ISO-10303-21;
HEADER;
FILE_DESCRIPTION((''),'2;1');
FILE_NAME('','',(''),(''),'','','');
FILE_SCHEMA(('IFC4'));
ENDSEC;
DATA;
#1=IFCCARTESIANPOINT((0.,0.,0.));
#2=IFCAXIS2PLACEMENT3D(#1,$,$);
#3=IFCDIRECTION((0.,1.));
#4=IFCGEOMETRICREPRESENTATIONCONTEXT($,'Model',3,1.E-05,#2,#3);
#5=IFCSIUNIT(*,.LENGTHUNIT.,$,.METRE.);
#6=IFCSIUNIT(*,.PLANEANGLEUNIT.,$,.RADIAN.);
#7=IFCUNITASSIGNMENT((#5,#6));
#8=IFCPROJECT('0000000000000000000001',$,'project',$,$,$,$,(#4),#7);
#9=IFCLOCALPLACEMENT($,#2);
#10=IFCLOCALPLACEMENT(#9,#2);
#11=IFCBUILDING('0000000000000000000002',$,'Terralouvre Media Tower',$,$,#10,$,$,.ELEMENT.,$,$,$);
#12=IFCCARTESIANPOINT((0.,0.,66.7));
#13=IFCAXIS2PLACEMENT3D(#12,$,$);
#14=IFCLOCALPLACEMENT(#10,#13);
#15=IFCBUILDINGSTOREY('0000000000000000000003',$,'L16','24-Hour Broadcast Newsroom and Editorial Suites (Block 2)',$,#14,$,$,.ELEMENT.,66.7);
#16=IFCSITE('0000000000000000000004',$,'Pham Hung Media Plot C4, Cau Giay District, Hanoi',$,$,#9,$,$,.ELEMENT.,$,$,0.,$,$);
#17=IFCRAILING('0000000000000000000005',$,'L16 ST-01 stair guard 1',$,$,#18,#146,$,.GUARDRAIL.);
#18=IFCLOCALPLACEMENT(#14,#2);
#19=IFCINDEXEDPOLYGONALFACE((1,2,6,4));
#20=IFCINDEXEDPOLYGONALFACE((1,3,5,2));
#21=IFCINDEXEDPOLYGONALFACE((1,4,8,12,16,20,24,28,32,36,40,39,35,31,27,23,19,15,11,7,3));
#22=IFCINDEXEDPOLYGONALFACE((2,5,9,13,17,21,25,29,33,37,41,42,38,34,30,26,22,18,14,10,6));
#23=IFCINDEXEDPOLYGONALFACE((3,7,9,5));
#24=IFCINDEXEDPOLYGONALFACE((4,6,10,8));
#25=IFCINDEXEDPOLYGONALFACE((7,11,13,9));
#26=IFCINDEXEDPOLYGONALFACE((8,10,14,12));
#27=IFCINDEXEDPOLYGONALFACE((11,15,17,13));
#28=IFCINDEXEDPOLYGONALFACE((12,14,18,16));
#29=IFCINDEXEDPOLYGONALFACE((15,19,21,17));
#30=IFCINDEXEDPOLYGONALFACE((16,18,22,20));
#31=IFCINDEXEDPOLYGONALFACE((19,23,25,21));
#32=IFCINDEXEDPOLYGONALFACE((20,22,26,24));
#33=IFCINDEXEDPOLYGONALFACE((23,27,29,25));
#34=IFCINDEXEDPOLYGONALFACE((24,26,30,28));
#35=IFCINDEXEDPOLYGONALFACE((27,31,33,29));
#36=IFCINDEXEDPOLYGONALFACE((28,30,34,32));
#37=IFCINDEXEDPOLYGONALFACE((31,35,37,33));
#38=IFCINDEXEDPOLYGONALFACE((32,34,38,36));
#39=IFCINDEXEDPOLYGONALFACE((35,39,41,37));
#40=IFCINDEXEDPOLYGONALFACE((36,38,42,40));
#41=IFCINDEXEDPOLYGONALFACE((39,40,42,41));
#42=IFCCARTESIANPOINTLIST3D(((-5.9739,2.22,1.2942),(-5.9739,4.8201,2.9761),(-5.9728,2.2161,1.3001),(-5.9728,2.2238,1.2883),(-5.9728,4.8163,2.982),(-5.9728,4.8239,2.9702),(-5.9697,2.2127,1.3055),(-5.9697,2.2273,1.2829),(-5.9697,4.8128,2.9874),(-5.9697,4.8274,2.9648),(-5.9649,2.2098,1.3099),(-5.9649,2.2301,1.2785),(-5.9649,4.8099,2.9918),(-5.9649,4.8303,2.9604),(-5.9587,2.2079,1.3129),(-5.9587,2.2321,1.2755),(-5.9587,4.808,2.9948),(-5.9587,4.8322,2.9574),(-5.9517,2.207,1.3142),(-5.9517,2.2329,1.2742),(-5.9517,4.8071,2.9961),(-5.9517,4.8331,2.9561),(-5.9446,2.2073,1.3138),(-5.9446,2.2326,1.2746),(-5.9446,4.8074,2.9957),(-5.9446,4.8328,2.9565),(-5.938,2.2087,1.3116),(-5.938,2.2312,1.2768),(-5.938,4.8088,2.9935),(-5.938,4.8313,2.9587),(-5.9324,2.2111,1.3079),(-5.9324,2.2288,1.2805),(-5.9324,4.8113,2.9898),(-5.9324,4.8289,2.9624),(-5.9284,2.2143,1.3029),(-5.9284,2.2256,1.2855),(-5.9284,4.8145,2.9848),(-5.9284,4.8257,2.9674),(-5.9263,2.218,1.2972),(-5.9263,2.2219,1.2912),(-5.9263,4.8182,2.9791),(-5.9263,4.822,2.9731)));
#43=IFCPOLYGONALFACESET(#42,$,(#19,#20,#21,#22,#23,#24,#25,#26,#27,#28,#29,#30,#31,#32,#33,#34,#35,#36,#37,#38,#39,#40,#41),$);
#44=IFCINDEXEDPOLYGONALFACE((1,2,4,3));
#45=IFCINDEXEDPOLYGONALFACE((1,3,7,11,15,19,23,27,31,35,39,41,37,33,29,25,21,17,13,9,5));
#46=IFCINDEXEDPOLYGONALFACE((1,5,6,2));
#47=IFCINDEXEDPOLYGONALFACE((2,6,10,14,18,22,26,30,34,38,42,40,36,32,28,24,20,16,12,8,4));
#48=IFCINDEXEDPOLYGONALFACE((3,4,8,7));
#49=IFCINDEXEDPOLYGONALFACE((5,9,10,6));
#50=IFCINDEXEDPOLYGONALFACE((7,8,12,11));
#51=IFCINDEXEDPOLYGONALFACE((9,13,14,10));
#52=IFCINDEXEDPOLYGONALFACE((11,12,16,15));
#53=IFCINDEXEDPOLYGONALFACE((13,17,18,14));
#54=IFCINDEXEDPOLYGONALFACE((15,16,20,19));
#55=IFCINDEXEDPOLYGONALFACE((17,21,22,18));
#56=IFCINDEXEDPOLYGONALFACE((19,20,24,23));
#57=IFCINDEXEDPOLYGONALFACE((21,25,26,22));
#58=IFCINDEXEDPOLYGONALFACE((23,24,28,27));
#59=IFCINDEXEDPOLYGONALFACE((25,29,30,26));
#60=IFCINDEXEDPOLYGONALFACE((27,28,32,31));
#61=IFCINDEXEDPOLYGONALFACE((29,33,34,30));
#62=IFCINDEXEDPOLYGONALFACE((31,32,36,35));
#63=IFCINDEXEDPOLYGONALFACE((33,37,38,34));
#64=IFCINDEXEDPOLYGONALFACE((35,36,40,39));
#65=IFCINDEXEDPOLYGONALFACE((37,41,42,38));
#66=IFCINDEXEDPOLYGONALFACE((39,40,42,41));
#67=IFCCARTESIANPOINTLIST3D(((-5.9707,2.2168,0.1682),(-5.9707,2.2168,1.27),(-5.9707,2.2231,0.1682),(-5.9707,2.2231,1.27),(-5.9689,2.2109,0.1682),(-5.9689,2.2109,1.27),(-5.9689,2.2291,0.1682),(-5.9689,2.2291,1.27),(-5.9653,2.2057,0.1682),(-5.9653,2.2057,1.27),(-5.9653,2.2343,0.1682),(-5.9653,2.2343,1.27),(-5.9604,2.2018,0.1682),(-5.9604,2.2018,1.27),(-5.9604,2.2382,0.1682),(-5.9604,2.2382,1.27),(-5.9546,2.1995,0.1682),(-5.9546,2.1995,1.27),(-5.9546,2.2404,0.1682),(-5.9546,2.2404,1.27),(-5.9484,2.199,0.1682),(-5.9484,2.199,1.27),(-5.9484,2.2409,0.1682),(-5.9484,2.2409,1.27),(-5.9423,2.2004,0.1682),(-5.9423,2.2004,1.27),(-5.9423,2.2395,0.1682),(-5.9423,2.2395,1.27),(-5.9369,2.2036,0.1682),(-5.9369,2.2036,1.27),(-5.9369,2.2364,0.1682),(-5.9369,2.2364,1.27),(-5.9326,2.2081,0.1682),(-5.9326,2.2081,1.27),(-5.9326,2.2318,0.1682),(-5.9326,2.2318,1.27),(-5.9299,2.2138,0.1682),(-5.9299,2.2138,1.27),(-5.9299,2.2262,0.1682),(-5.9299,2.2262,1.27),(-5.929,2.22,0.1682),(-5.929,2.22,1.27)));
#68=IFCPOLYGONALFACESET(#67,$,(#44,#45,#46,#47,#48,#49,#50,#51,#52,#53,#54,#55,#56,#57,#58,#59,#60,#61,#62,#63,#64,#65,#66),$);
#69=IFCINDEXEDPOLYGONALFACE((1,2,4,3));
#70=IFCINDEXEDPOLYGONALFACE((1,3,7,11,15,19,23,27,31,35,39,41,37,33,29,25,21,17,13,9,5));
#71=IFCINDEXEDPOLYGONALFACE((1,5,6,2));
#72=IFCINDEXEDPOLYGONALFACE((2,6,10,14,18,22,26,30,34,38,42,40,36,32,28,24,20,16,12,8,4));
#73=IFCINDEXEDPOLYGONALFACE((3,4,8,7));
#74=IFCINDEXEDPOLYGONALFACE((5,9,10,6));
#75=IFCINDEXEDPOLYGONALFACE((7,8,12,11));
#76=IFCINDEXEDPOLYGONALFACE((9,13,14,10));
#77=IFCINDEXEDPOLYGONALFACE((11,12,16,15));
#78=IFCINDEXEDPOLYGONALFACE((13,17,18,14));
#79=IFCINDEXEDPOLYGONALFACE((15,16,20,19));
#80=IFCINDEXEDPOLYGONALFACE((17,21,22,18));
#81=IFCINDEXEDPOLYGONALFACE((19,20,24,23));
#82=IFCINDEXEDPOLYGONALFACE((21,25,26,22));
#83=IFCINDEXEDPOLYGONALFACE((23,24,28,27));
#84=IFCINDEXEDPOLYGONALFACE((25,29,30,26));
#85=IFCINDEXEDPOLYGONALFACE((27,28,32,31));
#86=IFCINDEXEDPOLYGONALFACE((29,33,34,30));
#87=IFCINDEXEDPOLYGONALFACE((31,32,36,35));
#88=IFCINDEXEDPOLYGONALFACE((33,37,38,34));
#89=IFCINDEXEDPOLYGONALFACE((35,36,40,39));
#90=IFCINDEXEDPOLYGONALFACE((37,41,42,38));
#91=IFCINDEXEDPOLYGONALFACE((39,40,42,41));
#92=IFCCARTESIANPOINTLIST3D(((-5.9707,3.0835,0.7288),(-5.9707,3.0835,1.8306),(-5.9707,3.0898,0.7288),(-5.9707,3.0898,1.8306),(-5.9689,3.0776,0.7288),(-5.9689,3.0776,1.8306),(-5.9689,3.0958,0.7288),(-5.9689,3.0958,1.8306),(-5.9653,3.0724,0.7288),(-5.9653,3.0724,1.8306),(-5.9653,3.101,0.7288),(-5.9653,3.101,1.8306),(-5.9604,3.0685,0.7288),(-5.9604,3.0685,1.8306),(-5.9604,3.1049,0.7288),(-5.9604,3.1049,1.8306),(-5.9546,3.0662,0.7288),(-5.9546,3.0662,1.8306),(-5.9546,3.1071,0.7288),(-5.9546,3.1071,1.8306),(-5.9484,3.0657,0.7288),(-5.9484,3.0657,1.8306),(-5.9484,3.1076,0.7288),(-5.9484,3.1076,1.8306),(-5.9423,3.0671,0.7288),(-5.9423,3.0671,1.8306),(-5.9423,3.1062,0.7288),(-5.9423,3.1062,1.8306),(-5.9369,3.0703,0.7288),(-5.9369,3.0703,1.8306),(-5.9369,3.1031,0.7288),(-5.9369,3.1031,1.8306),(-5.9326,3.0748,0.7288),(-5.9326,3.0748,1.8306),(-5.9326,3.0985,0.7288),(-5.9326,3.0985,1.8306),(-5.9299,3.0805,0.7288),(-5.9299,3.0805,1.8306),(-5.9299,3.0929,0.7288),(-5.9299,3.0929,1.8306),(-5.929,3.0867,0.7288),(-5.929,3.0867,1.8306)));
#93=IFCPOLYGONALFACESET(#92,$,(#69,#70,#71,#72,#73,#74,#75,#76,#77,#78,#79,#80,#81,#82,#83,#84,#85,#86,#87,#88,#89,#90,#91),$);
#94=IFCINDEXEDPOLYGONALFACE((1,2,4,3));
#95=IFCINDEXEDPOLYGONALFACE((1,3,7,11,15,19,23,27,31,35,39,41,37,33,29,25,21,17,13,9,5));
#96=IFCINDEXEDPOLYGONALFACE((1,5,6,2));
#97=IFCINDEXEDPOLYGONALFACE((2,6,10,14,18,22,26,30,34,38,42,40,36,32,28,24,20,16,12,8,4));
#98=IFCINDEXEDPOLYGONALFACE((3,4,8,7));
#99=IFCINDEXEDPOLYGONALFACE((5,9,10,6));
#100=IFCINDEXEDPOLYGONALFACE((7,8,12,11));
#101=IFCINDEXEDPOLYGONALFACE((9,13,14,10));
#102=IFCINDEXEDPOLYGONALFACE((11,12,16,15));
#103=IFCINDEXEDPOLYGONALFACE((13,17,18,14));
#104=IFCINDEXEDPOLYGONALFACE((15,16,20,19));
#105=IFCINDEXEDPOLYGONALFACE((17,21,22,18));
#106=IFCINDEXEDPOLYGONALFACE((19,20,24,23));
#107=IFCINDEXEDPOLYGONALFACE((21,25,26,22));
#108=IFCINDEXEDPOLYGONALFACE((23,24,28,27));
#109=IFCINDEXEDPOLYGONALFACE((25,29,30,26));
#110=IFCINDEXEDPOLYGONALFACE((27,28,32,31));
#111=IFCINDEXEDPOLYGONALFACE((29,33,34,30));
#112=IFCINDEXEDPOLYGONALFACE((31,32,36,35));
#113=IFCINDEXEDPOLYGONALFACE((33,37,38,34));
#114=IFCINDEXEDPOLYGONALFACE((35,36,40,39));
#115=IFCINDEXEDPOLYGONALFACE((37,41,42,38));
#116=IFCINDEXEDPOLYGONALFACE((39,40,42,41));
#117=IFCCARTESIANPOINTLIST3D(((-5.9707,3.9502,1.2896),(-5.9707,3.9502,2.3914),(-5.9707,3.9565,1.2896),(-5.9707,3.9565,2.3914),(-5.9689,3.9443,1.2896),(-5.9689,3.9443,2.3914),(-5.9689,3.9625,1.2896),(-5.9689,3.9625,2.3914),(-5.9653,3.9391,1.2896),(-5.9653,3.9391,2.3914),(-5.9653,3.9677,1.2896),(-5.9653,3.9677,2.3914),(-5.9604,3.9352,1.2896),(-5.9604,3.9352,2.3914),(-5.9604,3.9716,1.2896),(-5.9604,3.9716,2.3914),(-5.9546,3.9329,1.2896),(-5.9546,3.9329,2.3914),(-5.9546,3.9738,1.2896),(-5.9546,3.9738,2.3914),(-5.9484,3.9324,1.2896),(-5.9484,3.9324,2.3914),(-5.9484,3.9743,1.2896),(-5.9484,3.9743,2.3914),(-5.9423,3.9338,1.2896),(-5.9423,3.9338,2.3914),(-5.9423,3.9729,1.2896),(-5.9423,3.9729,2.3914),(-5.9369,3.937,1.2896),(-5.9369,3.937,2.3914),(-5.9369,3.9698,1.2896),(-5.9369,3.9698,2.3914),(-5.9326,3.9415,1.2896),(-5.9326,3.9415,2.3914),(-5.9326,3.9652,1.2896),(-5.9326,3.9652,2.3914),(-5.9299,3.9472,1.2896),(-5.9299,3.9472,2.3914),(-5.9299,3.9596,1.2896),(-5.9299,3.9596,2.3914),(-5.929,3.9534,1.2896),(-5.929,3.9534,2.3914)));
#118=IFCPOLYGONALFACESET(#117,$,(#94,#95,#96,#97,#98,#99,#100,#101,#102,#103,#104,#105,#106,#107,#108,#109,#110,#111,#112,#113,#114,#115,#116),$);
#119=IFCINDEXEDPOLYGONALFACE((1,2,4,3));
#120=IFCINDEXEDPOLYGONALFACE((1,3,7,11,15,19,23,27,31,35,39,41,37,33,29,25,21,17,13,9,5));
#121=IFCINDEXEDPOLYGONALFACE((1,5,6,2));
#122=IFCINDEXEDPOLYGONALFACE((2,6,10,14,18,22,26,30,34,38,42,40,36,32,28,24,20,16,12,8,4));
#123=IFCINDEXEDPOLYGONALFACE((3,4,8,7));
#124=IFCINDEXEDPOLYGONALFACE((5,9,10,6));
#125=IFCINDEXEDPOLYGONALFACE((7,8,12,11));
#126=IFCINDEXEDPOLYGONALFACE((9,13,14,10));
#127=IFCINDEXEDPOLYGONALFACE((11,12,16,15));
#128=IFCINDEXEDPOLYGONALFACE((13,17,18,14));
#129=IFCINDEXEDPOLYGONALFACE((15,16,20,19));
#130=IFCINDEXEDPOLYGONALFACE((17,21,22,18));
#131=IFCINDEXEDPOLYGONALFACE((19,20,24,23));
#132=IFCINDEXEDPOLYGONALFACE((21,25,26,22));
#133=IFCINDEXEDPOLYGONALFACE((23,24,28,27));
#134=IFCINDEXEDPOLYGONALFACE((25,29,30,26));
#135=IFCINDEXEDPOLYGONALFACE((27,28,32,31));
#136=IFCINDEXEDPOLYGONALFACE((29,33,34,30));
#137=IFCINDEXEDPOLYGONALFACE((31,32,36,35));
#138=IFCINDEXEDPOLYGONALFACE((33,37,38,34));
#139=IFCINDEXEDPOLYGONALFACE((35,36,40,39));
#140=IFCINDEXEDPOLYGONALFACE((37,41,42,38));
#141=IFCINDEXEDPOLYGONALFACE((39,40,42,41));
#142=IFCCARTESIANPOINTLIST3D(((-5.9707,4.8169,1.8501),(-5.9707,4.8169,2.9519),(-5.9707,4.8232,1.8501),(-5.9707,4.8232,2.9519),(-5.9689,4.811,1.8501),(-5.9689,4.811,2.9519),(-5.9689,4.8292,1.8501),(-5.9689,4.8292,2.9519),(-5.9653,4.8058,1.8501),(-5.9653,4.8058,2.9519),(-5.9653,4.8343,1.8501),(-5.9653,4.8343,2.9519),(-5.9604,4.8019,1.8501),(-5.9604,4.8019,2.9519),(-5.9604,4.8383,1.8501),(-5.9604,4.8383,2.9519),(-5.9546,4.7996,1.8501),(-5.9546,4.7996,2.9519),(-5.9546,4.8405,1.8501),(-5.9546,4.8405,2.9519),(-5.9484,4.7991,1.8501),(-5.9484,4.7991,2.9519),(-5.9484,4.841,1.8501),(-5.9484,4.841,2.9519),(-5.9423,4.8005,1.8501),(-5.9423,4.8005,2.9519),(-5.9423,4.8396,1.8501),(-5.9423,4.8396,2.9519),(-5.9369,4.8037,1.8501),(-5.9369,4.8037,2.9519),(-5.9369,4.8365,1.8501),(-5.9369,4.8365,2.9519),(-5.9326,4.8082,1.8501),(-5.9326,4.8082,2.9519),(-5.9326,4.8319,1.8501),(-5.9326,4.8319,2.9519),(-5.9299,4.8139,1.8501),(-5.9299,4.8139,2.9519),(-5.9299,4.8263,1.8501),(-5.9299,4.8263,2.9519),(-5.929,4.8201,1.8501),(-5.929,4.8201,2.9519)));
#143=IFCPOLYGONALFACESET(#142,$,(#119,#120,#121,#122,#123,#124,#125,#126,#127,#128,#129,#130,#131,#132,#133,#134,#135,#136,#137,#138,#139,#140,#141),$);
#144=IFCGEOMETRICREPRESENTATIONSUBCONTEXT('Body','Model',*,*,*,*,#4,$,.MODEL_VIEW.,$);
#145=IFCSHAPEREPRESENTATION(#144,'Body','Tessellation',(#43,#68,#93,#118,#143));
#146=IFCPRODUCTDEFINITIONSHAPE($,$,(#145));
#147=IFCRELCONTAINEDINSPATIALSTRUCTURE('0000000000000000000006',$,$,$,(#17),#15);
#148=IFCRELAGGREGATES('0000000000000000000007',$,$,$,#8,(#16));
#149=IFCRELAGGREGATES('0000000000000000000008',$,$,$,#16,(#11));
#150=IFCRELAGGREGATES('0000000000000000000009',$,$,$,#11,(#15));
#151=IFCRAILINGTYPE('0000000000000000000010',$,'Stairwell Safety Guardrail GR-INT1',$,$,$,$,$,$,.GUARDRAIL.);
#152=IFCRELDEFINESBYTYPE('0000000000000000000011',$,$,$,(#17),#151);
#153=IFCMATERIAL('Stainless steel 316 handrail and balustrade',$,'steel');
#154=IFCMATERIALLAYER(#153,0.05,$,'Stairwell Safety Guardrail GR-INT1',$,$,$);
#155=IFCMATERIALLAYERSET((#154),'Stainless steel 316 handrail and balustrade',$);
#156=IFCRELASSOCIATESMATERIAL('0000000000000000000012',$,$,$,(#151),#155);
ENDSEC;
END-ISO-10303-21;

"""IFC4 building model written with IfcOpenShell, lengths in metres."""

from ifc_helpers import new_model, si_unit, direction, frame, origin, origin_2d, place, context, subcontext, project, spatial, circle, extrude, material, layer, layer_set, type_object, element, save


model = new_model("IFC4")

# Units and contexts
model_context = context("Model", 3, precision=1e-05, world=origin(), true_north=direction((0.0, 1.0)))
body_context = subcontext(model_context, "Body", "Model", "MODEL_VIEW")
ifc_project = project(units=[si_unit("LENGTHUNIT", "METRE"), si_unit("PLANEANGLEUNIT", "RADIAN")], contexts=[model_context])

# Site, building, storey
site_placement = place(None, origin())
site = spatial("IfcSite", under=ifc_project, at=site_placement, Name="Pham Hung Media Plot C4, Cau Giay District, Hanoi", CompositionType="ELEMENT", RefElevation=0.0)
building_placement = place(site_placement, origin())
building = spatial("IfcBuilding", under=site, at=building_placement, Name="Terralouvre Media Tower", CompositionType="ELEMENT")
storey_placement = place(building_placement, frame((0.0, 0.0, 66.7)))
storey = spatial("IfcBuildingStorey", under=building, at=storey_placement, Name="L16", Description="24-Hour Broadcast Newsroom and Editorial Suites (Block 2)", CompositionType="ELEMENT", Elevation=66.7)

# Railing
ifc_material_1 = material(Name="Stainless steel 316 handrail and balustrade", Category="steel")
ifc_layer_1 = layer(ifc_material_1, 0.05, Name="Stairwell Safety Guardrail GR-INT1")
ifc_layer_set_1 = layer_set([ifc_layer_1], Name="Stainless steel 316 handrail and balustrade")
railing_type_1 = type_object("IfcRailingType", Name="Stairwell Safety Guardrail GR-INT1", PredefinedType="GUARDRAIL", material=ifc_layer_set_1)
railing_1_placement = place(storey_placement, frame((-5.95, 2.22, 0.1682)))
element("IfcRailing", 1, at=railing_1_placement, inside=storey, type_object=railing_type_1, Name="L16 ST-01 stair guard 1", PredefinedType="GUARDRAIL", context=body_context, shape_type="SweptSolid", body=[
    extrude(circle(Radius=0.0239, at=origin_2d()), frame((0.0, 0.0, 1.126), z_axis=(0.0, 0.839648, 0.54313), x_axis=(-1.0, 0.0, 0.0)), (0.0, 0.0, 1.0), 3.0967),
    extrude(circle(Radius=0.021, at=origin_2d()), origin(), (0.0, 0.0, 1.0), 1.1018),
    extrude(circle(Radius=0.021, at=origin_2d()), frame((0.0, 0.8667, 0.5605)), (0.0, 0.0, 1.0), 1.1018),
    extrude(circle(Radius=0.021, at=origin_2d()), frame((0.0, 1.7334, 1.1213)), (0.0, 0.0, 1.0), 1.1018),
    extrude(circle(Radius=0.021, at=origin_2d()), frame((0.0, 2.6001, 1.6819)), (0.0, 0.0, 1.0), 1.1018),
])

save(model, "model.ifc")
